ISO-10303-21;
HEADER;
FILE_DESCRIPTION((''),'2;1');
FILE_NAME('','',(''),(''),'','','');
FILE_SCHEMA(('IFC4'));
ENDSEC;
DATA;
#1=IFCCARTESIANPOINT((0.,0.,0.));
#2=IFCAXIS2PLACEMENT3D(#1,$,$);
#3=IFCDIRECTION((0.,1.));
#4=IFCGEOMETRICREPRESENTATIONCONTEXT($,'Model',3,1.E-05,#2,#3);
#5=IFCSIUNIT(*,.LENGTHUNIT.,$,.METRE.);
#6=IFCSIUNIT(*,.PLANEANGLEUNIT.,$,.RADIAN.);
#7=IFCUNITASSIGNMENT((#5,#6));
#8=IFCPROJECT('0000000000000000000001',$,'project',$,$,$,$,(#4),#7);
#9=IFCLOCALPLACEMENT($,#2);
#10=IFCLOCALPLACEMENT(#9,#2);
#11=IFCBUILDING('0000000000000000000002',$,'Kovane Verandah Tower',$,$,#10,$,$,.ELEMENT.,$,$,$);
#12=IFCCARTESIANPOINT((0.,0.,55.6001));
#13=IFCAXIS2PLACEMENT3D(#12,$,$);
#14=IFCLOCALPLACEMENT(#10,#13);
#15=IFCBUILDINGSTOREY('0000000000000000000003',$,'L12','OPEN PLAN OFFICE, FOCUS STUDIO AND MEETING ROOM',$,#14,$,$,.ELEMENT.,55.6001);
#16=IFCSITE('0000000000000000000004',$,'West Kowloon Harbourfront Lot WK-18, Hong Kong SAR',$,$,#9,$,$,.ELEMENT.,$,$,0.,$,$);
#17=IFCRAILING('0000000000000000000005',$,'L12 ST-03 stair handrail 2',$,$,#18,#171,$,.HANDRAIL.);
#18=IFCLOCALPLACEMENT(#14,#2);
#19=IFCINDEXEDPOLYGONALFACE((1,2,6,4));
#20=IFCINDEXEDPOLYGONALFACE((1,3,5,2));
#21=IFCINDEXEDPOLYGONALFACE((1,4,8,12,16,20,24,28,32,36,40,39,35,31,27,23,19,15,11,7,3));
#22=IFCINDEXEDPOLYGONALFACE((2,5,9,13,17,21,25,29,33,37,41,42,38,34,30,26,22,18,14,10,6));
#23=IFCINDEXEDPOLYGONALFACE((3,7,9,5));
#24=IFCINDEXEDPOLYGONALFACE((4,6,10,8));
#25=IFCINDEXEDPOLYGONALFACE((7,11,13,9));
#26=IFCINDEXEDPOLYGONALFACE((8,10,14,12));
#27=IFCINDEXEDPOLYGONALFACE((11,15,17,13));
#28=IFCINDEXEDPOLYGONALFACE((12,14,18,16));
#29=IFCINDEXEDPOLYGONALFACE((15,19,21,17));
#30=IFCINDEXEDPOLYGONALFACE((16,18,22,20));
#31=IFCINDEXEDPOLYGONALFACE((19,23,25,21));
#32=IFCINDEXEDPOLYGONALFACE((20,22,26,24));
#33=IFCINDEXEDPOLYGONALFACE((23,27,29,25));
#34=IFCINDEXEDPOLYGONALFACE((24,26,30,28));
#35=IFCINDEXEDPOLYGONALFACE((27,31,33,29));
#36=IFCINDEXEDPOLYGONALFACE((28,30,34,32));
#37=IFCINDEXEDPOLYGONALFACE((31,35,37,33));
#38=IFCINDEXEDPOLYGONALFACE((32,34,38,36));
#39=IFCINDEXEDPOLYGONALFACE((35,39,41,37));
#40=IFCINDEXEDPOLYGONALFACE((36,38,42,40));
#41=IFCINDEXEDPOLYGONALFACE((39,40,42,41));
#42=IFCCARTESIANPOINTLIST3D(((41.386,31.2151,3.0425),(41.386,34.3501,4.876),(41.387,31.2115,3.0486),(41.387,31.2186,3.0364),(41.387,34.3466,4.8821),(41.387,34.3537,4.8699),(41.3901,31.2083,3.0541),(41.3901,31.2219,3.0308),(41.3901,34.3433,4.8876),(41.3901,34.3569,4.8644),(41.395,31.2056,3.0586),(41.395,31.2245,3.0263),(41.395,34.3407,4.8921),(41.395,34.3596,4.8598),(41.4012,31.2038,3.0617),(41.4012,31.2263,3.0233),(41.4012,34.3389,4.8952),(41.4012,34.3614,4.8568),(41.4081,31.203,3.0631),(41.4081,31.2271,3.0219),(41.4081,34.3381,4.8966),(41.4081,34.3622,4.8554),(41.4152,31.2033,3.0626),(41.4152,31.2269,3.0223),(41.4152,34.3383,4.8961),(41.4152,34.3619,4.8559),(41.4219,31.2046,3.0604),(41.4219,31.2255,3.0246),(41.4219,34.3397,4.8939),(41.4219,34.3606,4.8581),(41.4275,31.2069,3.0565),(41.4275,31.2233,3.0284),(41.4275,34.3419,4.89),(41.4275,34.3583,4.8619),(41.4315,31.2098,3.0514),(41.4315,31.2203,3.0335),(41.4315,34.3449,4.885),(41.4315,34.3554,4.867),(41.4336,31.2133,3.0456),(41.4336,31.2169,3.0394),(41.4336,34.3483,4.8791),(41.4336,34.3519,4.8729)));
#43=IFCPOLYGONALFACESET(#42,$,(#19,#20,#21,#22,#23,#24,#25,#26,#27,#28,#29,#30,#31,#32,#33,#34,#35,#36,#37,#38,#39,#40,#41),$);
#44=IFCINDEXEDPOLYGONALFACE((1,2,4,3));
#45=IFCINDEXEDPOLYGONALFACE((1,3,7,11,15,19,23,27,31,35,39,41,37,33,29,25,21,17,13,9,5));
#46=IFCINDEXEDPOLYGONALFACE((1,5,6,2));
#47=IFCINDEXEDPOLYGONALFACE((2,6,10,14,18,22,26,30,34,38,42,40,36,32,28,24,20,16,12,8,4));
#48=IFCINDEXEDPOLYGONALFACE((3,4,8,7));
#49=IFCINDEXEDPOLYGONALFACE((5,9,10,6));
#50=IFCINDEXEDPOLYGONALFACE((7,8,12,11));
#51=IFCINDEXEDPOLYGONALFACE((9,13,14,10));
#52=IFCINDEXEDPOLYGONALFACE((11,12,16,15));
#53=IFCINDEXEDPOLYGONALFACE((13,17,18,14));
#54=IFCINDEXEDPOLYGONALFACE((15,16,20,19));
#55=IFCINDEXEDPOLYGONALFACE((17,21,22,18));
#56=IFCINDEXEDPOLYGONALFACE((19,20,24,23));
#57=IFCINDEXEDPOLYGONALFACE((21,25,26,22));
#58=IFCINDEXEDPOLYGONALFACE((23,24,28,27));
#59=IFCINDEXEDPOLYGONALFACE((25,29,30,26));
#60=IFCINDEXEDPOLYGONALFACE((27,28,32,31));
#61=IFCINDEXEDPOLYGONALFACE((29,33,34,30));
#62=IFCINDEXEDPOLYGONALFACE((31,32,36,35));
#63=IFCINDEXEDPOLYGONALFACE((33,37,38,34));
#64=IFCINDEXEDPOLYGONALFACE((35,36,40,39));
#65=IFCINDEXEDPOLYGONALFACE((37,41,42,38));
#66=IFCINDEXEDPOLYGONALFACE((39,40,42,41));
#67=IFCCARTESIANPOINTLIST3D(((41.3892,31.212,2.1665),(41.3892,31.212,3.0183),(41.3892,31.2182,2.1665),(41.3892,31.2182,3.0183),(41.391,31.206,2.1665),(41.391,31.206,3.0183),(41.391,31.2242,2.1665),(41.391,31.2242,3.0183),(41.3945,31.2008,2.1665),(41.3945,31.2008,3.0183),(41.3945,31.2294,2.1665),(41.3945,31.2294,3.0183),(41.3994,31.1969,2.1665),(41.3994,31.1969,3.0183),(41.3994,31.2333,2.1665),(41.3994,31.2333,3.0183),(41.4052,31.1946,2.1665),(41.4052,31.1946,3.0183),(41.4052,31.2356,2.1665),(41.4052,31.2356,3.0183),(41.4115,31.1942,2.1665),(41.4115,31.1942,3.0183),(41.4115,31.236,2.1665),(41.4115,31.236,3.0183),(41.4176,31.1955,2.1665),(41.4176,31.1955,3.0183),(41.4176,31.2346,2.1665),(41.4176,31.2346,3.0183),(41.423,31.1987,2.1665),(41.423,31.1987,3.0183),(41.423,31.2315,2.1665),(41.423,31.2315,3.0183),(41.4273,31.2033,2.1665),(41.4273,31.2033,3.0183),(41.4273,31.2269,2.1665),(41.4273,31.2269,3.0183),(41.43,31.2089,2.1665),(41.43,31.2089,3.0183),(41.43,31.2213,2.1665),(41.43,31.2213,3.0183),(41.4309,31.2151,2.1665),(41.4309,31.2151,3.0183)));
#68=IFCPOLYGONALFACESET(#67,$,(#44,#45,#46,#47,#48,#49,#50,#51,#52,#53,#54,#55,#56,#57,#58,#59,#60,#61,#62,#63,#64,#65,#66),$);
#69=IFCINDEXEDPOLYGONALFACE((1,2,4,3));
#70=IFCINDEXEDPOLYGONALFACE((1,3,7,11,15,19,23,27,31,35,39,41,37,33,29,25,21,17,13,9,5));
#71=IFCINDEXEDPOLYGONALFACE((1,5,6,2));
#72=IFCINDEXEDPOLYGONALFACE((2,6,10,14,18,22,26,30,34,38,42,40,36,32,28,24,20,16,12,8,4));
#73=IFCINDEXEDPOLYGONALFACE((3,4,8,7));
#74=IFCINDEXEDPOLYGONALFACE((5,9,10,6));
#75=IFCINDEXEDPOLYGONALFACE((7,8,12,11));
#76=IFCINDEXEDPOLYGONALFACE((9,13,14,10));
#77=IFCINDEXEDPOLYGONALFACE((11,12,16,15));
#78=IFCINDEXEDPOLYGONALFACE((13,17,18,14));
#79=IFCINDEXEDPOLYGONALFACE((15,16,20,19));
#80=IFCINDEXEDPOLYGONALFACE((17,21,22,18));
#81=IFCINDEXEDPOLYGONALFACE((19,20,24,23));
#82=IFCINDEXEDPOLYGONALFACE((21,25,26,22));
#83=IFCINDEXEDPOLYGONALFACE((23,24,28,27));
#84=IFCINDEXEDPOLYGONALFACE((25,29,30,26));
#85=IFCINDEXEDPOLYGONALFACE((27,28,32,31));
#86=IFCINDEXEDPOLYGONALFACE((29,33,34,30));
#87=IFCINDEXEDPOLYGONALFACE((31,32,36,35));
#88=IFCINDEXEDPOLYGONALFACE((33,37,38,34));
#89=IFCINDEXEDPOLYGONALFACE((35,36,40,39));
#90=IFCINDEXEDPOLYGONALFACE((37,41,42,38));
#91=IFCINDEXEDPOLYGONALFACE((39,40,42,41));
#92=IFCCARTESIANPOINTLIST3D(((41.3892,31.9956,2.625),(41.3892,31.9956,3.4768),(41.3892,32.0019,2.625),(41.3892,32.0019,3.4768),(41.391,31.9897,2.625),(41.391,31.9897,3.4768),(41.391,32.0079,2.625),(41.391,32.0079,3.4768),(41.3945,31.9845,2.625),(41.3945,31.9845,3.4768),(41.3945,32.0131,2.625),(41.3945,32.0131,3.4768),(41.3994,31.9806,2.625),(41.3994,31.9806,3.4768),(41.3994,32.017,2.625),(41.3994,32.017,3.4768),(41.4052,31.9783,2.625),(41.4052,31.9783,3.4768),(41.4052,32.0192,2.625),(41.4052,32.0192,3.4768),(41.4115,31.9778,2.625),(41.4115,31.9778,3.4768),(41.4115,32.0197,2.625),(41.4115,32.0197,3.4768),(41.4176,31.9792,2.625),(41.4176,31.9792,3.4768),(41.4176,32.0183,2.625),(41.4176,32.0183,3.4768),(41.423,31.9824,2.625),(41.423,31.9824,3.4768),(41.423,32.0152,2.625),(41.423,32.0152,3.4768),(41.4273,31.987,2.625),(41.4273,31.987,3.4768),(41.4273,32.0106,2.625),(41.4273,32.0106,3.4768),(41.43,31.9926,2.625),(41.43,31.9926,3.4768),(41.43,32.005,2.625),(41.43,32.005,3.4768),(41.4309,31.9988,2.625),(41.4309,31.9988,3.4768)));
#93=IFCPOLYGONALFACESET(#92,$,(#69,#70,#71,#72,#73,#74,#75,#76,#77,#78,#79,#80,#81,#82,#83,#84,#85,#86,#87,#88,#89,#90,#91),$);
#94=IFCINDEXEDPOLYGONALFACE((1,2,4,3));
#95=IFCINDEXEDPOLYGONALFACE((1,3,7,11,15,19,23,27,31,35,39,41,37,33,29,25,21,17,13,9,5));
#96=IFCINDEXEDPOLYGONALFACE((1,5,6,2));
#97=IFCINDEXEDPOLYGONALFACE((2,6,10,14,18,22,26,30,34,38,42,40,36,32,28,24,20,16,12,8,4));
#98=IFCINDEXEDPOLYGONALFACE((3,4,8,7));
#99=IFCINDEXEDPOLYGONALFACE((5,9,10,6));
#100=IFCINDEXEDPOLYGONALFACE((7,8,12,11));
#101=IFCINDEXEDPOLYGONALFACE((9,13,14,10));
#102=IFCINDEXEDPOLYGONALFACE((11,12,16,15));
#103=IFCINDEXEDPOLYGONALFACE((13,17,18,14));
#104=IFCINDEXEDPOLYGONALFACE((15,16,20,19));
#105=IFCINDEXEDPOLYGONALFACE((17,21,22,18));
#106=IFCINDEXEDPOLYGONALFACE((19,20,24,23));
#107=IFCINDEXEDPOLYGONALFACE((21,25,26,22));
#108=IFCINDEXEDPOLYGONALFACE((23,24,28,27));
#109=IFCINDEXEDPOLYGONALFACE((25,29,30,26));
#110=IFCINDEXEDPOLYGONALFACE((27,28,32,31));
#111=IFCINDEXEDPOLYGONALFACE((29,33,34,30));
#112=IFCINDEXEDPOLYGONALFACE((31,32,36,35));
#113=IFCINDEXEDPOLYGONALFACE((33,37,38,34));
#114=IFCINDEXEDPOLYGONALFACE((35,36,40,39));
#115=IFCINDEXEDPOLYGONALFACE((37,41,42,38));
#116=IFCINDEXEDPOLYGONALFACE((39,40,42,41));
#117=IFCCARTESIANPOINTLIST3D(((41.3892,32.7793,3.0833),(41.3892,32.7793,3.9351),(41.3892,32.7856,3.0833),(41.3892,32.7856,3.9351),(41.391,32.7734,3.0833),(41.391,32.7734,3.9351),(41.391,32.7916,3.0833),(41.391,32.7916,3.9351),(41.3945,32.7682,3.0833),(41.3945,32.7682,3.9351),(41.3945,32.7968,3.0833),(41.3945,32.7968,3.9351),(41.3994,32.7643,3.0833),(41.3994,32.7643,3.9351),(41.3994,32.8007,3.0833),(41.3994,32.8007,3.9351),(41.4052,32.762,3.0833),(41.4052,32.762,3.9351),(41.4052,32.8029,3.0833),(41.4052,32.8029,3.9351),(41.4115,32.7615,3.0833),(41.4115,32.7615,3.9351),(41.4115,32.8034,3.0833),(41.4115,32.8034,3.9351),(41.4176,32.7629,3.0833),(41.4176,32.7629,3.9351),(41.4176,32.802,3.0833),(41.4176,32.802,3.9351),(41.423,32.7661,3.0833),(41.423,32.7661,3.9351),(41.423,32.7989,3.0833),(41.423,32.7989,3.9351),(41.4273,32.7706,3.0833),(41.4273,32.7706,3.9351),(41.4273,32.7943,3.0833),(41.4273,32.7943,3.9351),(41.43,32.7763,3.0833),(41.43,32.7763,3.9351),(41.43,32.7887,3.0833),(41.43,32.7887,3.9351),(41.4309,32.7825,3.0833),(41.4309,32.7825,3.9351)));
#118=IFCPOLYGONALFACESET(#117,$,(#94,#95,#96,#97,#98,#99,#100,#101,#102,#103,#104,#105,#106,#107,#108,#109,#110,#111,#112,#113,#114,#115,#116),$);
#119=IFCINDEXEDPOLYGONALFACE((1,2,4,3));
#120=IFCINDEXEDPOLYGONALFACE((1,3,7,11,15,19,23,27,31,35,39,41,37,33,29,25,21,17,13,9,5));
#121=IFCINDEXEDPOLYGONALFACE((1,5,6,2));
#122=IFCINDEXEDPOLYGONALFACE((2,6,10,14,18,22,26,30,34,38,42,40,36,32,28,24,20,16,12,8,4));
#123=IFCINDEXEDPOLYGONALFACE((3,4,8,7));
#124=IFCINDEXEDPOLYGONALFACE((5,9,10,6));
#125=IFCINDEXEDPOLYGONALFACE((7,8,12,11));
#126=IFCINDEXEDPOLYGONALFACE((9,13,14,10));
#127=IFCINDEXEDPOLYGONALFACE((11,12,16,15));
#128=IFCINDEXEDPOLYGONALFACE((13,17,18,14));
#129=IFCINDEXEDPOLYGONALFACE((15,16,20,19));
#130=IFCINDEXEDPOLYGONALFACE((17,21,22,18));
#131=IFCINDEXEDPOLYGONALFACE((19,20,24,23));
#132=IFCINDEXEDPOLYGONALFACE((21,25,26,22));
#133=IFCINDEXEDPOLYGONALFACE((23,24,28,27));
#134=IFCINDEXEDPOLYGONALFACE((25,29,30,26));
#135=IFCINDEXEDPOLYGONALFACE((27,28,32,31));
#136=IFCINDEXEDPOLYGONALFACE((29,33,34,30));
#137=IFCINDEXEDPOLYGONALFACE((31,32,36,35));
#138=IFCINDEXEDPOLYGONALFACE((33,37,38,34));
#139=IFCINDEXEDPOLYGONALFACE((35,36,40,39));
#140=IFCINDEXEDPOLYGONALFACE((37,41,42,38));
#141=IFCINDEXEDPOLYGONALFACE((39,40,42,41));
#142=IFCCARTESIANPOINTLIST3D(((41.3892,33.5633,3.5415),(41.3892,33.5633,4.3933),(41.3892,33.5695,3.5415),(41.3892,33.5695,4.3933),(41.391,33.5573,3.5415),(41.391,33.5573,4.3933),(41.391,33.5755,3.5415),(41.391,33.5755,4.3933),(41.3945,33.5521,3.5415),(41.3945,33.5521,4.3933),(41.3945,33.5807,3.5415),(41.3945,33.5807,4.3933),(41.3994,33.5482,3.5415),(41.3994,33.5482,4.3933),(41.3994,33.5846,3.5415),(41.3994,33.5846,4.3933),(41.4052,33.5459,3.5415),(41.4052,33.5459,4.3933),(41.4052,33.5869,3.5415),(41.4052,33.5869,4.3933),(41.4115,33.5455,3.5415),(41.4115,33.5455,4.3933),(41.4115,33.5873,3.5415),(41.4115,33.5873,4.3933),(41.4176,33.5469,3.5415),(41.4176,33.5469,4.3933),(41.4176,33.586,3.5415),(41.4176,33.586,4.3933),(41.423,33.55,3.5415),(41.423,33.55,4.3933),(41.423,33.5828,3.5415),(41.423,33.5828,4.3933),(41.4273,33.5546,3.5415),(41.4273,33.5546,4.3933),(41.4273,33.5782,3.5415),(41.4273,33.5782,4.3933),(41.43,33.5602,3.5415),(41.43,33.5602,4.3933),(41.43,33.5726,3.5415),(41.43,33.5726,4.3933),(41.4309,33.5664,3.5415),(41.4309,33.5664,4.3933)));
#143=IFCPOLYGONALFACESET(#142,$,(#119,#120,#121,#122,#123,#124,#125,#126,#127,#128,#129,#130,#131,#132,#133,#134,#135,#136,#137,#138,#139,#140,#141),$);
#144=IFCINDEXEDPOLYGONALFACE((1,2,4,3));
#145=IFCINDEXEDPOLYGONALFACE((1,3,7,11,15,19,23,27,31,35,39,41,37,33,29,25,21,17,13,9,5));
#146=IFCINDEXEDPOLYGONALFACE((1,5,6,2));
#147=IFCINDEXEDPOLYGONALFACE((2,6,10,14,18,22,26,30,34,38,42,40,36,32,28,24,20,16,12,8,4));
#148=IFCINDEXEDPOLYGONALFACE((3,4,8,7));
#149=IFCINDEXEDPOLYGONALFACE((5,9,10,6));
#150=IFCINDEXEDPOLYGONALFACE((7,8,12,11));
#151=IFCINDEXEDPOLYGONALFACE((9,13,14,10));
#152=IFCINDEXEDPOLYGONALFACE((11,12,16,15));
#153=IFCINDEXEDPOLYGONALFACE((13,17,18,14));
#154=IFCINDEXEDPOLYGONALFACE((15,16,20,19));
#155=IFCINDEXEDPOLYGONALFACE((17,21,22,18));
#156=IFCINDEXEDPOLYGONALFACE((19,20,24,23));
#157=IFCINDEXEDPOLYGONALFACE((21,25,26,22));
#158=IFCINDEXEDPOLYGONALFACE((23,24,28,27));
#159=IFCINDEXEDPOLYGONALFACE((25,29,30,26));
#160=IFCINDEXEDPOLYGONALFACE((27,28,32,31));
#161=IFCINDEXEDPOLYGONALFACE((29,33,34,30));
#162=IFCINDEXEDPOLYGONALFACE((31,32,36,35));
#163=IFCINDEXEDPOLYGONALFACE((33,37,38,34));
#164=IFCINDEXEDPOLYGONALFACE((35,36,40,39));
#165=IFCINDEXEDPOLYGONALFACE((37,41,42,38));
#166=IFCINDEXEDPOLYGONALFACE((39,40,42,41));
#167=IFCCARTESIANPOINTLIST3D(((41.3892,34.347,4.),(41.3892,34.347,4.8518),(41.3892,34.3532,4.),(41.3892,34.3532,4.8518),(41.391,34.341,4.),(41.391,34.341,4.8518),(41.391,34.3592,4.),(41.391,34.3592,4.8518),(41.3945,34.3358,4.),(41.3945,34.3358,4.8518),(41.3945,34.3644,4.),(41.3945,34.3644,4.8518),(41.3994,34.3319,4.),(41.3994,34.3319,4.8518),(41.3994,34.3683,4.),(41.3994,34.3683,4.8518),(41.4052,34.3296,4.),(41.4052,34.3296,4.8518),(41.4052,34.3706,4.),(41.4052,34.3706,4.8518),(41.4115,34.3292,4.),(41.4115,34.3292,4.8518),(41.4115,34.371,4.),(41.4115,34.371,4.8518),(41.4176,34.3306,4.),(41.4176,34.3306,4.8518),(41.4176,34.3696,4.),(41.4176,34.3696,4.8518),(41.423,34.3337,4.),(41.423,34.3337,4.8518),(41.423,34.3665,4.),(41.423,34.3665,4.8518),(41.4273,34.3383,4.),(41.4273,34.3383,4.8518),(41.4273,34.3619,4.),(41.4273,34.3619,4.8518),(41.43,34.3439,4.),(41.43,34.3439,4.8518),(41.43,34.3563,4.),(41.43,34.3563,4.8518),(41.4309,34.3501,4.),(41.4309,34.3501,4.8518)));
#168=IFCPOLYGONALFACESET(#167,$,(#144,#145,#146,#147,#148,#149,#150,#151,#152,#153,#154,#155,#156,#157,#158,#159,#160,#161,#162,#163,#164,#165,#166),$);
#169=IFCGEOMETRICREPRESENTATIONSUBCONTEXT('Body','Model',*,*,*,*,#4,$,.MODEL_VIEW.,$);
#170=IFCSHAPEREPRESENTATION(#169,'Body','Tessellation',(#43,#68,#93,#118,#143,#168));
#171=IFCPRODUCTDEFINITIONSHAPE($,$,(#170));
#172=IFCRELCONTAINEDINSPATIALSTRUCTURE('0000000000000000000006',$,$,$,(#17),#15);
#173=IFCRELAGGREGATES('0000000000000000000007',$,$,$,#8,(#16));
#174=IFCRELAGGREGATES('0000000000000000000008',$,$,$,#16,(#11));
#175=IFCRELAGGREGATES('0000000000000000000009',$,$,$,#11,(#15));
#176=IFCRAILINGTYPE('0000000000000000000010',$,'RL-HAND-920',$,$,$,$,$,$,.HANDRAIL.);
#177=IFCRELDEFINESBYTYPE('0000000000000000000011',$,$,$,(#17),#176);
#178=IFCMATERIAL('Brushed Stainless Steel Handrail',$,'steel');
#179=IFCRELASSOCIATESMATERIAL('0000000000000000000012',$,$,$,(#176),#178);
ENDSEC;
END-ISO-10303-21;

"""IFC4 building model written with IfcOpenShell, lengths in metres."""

from ifc_helpers import new_model, si_unit, direction, frame, origin, origin_2d, place, context, subcontext, project, spatial, circle, extrude, material, type_object, element, save


model = new_model("IFC4")

# Units and contexts
model_context = context("Model", 3, precision=1e-05, world=origin(), true_north=direction((0.0, 1.0)))
body_context = subcontext(model_context, "Body", "Model", "MODEL_VIEW")
ifc_project = project(units=[si_unit("LENGTHUNIT", "METRE"), si_unit("PLANEANGLEUNIT", "RADIAN")], contexts=[model_context])

# Site, building, storey
site_placement = place(None, origin())
site = spatial("IfcSite", under=ifc_project, at=site_placement, Name="West Kowloon Harbourfront Lot WK-18, Hong Kong SAR", CompositionType="ELEMENT", RefElevation=0.0)
building_placement = place(site_placement, origin())
building = spatial("IfcBuilding", under=site, at=building_placement, Name="Kovane Verandah Tower", CompositionType="ELEMENT")
storey_placement = place(building_placement, frame((0.0, 0.0, 55.6001)))
storey = spatial("IfcBuildingStorey", under=building, at=storey_placement, Name="L12", Description="OPEN PLAN OFFICE, FOCUS STUDIO AND MEETING ROOM", CompositionType="ELEMENT", Elevation=55.6001)

# Railing
ifc_material_1 = material(Name="Brushed Stainless Steel Handrail", Category="steel")
railing_type_1 = type_object("IfcRailingType", Name="RL-HAND-920", PredefinedType="HANDRAIL", material=ifc_material_1)
railing_1_placement = place(storey_placement, frame((41.4099, 31.2151, 2.1665)))
element("IfcRailing", 1, at=railing_1_placement, inside=storey, type_object=railing_type_1, Name="L12 ST-03 stair handrail 2", PredefinedType="HANDRAIL", context=body_context, shape_type="SweptSolid", body=[
    extrude(circle(Radius=0.0239, at=origin_2d()), frame((0.0, 0.0, 0.876), z_axis=(0.0, 0.86321, 0.504845), x_axis=(-1.0, 0.0, 0.0)), (0.0, 0.0, 1.0), 3.6318),
    extrude(circle(Radius=0.021, at=origin_2d()), origin(), (0.0, 0.0, 1.0), 0.8518),
    extrude(circle(Radius=0.021, at=origin_2d()), frame((0.0, 0.7837, 0.4585)), (0.0, 0.0, 1.0), 0.8518),
    extrude(circle(Radius=0.021, at=origin_2d()), frame((0.0, 1.5674, 0.9167)), (0.0, 0.0, 1.0), 0.8518),
    extrude(circle(Radius=0.021, at=origin_2d()), frame((0.0, 2.3513, 1.375)), (0.0, 0.0, 1.0), 0.8518),
    extrude(circle(Radius=0.021, at=origin_2d()), frame((0.0, 3.135, 1.8335)), (0.0, 0.0, 1.0), 0.8518),
])

save(model, "model.ifc")
